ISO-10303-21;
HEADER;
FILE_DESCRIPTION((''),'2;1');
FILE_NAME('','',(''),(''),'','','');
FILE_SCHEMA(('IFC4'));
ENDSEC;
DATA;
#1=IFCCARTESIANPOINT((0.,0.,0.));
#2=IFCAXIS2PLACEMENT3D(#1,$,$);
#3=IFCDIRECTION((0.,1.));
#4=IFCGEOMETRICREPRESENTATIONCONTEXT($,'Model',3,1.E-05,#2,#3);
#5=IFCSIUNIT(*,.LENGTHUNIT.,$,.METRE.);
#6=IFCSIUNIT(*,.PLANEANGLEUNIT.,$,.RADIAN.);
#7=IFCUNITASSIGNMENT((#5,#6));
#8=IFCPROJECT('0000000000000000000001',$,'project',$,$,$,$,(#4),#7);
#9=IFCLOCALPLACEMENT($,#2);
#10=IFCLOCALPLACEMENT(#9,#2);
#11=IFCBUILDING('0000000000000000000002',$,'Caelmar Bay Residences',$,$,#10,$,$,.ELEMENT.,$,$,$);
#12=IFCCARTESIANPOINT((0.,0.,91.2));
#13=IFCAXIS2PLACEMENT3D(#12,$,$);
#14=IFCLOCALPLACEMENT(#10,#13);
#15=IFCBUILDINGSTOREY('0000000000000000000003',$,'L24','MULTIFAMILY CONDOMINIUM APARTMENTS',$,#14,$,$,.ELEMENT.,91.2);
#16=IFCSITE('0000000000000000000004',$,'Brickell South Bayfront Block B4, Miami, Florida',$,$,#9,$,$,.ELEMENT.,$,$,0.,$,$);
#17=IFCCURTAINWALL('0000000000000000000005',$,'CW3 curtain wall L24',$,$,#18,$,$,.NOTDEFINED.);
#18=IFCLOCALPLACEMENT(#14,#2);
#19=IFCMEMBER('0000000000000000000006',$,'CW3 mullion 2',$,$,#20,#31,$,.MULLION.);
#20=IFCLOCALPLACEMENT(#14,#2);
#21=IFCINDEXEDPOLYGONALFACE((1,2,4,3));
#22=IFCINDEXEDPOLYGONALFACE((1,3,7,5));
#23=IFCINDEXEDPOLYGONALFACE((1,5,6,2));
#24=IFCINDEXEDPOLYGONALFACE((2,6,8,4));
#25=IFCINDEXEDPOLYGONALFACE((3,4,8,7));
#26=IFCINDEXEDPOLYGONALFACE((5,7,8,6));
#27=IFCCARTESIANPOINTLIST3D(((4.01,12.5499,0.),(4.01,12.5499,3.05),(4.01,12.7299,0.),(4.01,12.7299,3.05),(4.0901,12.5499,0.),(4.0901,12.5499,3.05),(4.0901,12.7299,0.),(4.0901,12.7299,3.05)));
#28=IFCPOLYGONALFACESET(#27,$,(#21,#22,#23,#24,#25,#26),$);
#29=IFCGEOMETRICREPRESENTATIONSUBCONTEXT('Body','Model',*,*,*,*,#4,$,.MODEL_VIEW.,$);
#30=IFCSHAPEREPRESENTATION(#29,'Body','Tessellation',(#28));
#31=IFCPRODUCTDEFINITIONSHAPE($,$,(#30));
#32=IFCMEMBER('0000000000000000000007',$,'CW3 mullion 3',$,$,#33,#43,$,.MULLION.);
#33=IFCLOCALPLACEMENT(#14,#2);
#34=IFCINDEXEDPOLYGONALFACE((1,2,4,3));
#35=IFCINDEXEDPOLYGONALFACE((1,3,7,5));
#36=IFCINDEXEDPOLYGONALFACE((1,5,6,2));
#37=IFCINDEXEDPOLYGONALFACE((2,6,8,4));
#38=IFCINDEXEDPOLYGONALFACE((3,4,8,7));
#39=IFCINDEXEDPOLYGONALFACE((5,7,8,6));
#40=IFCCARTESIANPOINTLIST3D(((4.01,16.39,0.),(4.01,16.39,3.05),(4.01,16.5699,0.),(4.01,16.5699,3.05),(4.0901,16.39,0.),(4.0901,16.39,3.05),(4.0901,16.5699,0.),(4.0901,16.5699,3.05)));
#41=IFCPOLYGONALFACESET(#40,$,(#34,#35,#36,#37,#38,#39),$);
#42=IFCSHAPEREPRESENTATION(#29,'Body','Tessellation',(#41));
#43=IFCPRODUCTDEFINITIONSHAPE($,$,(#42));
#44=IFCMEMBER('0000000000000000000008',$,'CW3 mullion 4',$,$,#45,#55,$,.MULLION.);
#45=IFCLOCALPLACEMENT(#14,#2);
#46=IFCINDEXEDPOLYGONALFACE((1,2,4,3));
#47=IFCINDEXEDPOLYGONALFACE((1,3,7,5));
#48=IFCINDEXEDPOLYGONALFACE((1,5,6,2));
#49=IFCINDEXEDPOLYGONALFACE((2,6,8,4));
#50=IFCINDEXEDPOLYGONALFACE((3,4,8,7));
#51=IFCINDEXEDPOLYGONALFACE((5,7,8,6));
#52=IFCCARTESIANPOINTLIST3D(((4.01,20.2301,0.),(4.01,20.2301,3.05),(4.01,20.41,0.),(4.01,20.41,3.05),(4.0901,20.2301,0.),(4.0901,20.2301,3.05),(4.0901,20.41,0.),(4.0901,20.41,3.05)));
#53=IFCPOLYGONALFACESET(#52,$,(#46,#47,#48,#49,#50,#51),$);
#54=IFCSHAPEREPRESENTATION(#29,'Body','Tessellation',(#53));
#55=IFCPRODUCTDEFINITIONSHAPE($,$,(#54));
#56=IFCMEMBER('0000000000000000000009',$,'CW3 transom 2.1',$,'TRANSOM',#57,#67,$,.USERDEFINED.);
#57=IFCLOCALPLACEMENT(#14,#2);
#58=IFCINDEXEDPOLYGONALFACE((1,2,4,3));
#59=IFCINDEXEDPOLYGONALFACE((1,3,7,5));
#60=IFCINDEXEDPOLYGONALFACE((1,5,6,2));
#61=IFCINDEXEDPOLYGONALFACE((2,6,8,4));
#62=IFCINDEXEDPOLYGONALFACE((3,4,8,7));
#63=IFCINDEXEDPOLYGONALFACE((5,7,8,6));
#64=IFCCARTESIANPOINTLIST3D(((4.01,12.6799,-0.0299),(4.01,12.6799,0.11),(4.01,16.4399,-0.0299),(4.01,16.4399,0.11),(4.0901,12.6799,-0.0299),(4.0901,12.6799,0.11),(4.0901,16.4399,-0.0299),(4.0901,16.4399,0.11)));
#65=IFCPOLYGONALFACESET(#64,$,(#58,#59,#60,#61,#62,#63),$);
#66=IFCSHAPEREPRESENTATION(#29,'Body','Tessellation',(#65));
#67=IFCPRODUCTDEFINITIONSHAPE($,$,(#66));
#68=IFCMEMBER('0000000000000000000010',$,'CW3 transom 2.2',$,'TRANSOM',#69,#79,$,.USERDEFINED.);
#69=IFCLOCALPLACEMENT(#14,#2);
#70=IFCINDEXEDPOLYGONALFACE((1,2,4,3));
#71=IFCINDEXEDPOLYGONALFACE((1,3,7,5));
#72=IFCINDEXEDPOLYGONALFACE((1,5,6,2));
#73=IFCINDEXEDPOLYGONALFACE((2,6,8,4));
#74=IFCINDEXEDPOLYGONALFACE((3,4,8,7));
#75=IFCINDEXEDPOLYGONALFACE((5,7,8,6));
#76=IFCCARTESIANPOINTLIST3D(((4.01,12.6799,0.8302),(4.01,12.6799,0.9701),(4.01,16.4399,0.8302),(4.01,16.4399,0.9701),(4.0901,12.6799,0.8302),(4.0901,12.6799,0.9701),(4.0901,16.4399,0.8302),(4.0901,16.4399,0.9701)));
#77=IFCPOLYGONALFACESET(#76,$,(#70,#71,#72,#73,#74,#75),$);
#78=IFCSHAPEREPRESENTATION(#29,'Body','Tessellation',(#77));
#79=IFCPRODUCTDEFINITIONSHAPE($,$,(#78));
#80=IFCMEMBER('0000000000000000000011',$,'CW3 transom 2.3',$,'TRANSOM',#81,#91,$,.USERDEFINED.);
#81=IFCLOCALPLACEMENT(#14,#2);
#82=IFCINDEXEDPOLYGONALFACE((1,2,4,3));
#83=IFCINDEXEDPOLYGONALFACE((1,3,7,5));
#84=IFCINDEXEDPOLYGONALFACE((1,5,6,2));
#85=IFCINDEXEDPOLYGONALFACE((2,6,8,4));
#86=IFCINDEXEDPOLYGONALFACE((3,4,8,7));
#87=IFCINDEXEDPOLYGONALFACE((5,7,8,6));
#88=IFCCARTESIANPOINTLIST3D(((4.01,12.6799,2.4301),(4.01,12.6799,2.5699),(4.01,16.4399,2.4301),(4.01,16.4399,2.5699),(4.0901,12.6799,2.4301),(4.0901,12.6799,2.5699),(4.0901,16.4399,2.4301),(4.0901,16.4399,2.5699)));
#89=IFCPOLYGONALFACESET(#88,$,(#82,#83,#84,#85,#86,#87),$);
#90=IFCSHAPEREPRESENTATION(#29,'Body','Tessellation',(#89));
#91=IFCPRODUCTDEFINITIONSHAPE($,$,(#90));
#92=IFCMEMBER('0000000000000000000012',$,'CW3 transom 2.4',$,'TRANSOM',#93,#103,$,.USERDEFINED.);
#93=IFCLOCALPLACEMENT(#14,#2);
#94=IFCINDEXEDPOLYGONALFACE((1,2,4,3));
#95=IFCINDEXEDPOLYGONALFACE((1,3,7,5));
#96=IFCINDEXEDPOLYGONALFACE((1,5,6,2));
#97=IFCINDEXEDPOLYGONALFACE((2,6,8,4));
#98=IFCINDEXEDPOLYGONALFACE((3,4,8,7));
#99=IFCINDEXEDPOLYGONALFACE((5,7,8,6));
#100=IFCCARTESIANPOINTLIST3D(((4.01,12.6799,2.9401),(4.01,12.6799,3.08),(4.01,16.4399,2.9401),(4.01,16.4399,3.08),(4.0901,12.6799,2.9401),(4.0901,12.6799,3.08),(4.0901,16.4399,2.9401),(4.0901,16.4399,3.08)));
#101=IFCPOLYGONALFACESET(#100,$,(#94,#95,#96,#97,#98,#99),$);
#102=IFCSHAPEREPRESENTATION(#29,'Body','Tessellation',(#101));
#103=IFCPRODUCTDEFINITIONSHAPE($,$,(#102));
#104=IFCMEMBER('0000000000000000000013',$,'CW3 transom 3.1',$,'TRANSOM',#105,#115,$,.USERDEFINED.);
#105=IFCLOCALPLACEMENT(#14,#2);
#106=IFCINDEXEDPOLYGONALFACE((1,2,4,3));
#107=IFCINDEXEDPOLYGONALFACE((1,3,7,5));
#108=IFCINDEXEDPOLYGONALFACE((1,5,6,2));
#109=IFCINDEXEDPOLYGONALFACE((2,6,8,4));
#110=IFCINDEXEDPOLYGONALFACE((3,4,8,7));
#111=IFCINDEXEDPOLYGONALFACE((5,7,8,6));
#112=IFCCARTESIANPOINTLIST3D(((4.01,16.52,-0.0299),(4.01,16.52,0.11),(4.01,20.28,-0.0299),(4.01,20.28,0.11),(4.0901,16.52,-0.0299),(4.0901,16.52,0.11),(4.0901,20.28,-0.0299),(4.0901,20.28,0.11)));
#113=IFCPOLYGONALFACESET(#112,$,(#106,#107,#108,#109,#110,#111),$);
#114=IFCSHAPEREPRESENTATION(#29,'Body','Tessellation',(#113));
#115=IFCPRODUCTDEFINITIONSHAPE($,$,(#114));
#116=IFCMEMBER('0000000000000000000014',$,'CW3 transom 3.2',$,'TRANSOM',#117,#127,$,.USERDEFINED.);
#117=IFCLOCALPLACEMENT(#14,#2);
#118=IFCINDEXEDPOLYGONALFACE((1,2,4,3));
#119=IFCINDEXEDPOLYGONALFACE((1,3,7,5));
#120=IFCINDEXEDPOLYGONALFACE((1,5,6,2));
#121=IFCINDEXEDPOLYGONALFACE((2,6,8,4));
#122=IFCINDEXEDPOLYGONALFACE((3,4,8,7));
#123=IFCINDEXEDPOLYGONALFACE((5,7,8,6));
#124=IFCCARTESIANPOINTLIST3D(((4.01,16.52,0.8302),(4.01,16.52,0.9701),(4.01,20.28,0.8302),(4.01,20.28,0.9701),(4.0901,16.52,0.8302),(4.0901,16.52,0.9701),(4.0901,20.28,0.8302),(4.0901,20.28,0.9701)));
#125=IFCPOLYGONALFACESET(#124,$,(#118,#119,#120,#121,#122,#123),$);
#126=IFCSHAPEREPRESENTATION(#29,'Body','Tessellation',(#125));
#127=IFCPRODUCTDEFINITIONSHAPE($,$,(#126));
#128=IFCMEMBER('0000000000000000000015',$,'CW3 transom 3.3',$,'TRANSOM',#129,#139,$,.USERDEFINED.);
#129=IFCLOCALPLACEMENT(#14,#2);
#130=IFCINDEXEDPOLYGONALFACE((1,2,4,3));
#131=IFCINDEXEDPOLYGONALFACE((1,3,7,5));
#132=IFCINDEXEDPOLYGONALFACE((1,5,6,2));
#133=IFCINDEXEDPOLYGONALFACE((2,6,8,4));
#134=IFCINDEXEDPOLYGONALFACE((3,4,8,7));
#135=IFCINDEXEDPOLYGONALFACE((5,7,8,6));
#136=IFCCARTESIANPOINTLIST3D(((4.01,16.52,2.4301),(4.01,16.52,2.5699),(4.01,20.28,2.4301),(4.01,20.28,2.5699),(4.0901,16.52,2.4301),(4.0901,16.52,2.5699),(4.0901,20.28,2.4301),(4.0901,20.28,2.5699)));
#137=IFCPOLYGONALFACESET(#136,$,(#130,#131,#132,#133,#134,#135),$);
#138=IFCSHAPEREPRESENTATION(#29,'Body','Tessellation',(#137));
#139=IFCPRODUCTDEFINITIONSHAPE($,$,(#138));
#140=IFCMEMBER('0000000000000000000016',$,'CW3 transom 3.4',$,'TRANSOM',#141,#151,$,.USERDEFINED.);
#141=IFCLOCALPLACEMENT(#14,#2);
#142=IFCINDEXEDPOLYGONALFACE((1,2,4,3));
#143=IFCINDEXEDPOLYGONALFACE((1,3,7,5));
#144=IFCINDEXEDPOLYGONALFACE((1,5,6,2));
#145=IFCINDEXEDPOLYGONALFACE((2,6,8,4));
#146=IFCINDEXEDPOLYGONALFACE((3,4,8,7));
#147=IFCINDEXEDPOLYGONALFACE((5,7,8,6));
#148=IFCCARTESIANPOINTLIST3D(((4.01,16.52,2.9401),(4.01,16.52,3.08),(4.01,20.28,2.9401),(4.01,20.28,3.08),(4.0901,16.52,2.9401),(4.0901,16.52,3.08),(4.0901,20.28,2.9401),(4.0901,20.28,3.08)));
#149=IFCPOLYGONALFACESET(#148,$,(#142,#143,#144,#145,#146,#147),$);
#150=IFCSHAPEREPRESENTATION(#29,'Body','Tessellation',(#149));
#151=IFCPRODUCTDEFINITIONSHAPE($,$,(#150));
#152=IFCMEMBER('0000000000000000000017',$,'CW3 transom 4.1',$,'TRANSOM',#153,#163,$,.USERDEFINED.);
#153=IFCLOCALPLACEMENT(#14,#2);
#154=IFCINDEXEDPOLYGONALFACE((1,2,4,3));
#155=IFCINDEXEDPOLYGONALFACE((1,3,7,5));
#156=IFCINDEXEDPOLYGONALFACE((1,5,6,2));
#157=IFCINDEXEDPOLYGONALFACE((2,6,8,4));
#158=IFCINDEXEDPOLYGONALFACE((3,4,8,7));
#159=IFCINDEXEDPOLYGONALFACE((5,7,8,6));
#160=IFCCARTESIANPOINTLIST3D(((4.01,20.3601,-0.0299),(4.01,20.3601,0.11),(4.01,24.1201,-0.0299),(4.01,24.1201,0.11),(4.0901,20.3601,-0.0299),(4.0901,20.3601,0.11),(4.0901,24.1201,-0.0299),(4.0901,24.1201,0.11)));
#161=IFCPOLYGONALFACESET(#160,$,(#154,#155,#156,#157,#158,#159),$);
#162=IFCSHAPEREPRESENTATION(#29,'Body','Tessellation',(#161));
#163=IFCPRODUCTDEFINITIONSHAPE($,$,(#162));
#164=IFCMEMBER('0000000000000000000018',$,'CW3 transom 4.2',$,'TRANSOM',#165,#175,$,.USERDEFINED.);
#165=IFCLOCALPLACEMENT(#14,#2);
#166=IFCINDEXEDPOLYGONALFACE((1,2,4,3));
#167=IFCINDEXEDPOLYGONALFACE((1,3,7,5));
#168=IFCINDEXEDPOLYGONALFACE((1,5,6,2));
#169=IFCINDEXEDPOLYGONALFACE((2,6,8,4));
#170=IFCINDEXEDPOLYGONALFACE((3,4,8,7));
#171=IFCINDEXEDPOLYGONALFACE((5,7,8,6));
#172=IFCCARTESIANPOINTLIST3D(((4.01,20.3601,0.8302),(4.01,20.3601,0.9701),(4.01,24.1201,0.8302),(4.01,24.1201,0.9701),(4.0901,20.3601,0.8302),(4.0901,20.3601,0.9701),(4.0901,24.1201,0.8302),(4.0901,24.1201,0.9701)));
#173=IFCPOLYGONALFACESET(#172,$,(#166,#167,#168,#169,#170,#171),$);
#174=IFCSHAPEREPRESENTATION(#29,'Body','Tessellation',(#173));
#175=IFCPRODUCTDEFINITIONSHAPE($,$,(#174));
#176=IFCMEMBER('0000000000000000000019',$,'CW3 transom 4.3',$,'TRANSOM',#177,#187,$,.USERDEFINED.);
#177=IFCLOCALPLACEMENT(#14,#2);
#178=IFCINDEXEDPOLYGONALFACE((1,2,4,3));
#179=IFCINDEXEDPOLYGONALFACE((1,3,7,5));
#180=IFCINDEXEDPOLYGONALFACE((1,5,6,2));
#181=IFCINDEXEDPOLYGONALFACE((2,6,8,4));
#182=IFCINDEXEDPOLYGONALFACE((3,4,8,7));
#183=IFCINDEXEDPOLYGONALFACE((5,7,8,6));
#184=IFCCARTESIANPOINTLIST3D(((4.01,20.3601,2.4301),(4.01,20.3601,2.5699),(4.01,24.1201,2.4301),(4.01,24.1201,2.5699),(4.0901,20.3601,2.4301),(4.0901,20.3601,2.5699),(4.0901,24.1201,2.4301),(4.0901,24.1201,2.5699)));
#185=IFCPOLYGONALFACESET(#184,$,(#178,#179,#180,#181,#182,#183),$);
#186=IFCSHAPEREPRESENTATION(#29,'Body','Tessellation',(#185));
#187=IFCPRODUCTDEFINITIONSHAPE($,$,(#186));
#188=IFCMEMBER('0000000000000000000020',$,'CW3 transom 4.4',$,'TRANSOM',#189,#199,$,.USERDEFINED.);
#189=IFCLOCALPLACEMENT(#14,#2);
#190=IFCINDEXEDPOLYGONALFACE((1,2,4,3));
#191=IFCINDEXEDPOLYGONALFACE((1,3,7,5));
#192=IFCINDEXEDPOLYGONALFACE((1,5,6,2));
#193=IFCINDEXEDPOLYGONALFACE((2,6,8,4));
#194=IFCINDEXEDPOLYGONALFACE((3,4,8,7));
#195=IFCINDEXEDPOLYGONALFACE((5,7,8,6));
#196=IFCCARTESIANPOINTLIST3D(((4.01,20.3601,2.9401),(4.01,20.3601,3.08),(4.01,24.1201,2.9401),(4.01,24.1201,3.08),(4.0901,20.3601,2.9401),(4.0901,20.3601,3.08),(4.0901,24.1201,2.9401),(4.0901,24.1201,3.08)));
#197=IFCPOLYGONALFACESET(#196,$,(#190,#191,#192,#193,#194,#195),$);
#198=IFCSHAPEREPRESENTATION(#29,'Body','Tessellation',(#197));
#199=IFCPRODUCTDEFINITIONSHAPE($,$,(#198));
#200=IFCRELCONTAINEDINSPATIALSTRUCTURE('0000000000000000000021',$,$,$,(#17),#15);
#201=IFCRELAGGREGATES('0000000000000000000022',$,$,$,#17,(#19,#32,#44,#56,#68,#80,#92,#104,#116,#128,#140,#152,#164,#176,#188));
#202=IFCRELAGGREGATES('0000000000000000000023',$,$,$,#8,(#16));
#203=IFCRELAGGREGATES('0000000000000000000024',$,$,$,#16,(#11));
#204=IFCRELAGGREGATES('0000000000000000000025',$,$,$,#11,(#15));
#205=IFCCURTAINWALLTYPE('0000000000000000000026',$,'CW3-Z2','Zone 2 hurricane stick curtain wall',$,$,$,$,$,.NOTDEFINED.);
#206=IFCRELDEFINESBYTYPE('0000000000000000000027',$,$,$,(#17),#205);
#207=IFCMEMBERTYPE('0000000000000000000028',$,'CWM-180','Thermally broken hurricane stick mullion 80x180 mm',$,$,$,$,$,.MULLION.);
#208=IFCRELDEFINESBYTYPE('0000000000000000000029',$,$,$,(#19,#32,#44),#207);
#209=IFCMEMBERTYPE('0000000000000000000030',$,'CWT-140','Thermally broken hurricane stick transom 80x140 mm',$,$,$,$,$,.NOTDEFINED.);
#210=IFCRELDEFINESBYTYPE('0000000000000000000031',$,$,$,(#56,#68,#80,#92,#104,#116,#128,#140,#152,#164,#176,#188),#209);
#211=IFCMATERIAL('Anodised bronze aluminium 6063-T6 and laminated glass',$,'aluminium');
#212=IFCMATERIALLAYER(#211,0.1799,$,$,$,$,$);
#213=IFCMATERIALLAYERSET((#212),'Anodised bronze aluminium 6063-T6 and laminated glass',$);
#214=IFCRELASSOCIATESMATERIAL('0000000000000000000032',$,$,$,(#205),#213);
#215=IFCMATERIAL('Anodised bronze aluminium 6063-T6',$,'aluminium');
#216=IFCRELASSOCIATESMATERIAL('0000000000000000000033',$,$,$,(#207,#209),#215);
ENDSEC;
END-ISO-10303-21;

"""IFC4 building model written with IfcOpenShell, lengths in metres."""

from ifc_helpers import new_model, si_unit, direction, frame, origin, origin_2d, place, context, subcontext, project, spatial, rectangle, extrude, material, layer, layer_set, material_profile, profile_set, type_object, element, aggregate, save


model = new_model("IFC4")

# Units and contexts
model_context = context("Model", 3, precision=1e-05, world=origin(), true_north=direction((0.0, 1.0)))
body_context = subcontext(model_context, "Body", "Model", "MODEL_VIEW")
ifc_project = project(units=[si_unit("LENGTHUNIT", "METRE"), si_unit("PLANEANGLEUNIT", "RADIAN")], contexts=[model_context])

# Site, building, storey
site_placement = place(None, origin())
site = spatial("IfcSite", under=ifc_project, at=site_placement, Name="Brickell South Bayfront Block B4, Miami, Florida", CompositionType="ELEMENT", RefElevation=0.0)
building_placement = place(site_placement, origin())
building = spatial("IfcBuilding", under=site, at=building_placement, Name="Caelmar Bay Residences", CompositionType="ELEMENT")
storey_placement = place(building_placement, frame((0.0, 0.0, 91.2)))
storey = spatial("IfcBuildingStorey", under=building, at=storey_placement, Name="L24", Description="MULTIFAMILY CONDOMINIUM APARTMENTS", CompositionType="ELEMENT", Elevation=91.2)

# Curtain wall, members
ifc_material_1 = material(Name="Anodised bronze aluminium 6063-T6 and laminated glass", Category="aluminium")
ifc_layer_1 = layer(ifc_material_1, 0.1799)
ifc_layer_set_1 = layer_set([ifc_layer_1], Name="Anodised bronze aluminium 6063-T6 and laminated glass")
curtain_wall_type = type_object("IfcCurtainWallType", Name="CW3-Z2", Description="Zone 2 hurricane stick curtain wall", PredefinedType="NOTDEFINED", material=ifc_layer_set_1)
curtain_wall_placement = place(storey_placement, origin())
curtain_wall = element("IfcCurtainWall", 1, at=curtain_wall_placement, inside=storey, type_object=curtain_wall_type, Name="CW3 curtain wall L24", PredefinedType="NOTDEFINED")
ifc_material_2 = material(Name="Anodised bronze aluminium 6063-T6", Category="aluminium")
ifc_material_profile_1 = material_profile(ifc_material_2, rectangle(XDim=0.0801, YDim=0.1799, at=origin_2d()), Name="CWM-80X180")
ifc_profile_set_1 = profile_set([ifc_material_profile_1], Name="Anodised bronze aluminium 6063-T6")
member_type_1 = type_object("IfcMemberType", Name="CWM-180", Description="Thermally broken hurricane stick mullion 80x180 mm", PredefinedType="MULLION", material=ifc_profile_set_1)
member_1_placement = place(storey_placement, frame((4.05, 12.6399, 0.0), z_axis=(0.0, 0.0, 1.0), x_axis=(-1.0, 0.0, 0.0)))
member_1 = element("IfcMember", 2, at=member_1_placement, type_object=member_type_1, Name="CW3 mullion 2", PredefinedType="MULLION", context=body_context, shape_type="SweptSolid", body=[
    extrude(rectangle(XDim=0.0801, YDim=0.1799, at=origin_2d()), origin(), (0.0, 0.0, 1.0), 3.05),
])
member_2_placement = place(storey_placement, frame((4.05, 16.48, 0.0), z_axis=(0.0, 0.0, 1.0), x_axis=(-1.0, 0.0, 0.0)))
member_2 = element("IfcMember", 3, at=member_2_placement, type_object=member_type_1, Name="CW3 mullion 3", PredefinedType="MULLION", context=body_context, shape_type="SweptSolid", body=[
    extrude(rectangle(XDim=0.0801, YDim=0.1799, at=origin_2d()), origin(), (0.0, 0.0, 1.0), 3.05),
])
member_3_placement = place(storey_placement, frame((4.05, 20.3201, 0.0), z_axis=(0.0, 0.0, 1.0), x_axis=(-1.0, 0.0, 0.0)))
member_3 = element("IfcMember", 4, at=member_3_placement, type_object=member_type_1, Name="CW3 mullion 4", PredefinedType="MULLION", context=body_context, shape_type="SweptSolid", body=[
    extrude(rectangle(XDim=0.0801, YDim=0.1799, at=origin_2d()), origin(), (0.0, 0.0, 1.0), 3.05),
])
ifc_material_profile_2 = material_profile(ifc_material_2, rectangle(XDim=0.0801, YDim=0.1399, at=origin_2d()), Name="CWT-80X140")
ifc_profile_set_2 = profile_set([ifc_material_profile_2], Name="Anodised bronze aluminium 6063-T6")
member_type_2 = type_object("IfcMemberType", Name="CWT-140", Description="Thermally broken hurricane stick transom 80x140 mm", PredefinedType="NOTDEFINED", material=ifc_profile_set_2)
member_4_placement = place(storey_placement, frame((4.05, 12.6799, 0.04), z_axis=(0.0, 1.0, 0.0), x_axis=(-1.0, 0.0, 0.0)))
member_4 = element("IfcMember", 5, at=member_4_placement, type_object=member_type_2, Name="CW3 transom 2.1", ObjectType="TRANSOM", PredefinedType="USERDEFINED", context=body_context, shape_type="SweptSolid", body=[
    extrude(rectangle(XDim=0.0801, YDim=0.1399, at=origin_2d()), origin(), (0.0, 0.0, 1.0), 3.76),
])
member_5_placement = place(storey_placement, frame((4.05, 12.6799, 0.9001), z_axis=(0.0, 1.0, 0.0), x_axis=(-1.0, 0.0, 0.0)))
member_5 = element("IfcMember", 6, at=member_5_placement, type_object=member_type_2, Name="CW3 transom 2.2", ObjectType="TRANSOM", PredefinedType="USERDEFINED", context=body_context, shape_type="SweptSolid", body=[
    extrude(rectangle(XDim=0.0801, YDim=0.1399, at=origin_2d()), origin(), (0.0, 0.0, 1.0), 3.76),
])
member_6_placement = place(storey_placement, frame((4.05, 12.6799, 2.5), z_axis=(0.0, 1.0, 0.0), x_axis=(-1.0, 0.0, 0.0)))
member_6 = element("IfcMember", 7, at=member_6_placement, type_object=member_type_2, Name="CW3 transom 2.3", ObjectType="TRANSOM", PredefinedType="USERDEFINED", context=body_context, shape_type="SweptSolid", body=[
    extrude(rectangle(XDim=0.0801, YDim=0.1399, at=origin_2d()), origin(), (0.0, 0.0, 1.0), 3.76),
])
member_7_placement = place(storey_placement, frame((4.05, 12.6799, 3.01), z_axis=(0.0, 1.0, 0.0), x_axis=(-1.0, 0.0, 0.0)))
member_7 = element("IfcMember", 8, at=member_7_placement, type_object=member_type_2, Name="CW3 transom 2.4", ObjectType="TRANSOM", PredefinedType="USERDEFINED", context=body_context, shape_type="SweptSolid", body=[
    extrude(rectangle(XDim=0.0801, YDim=0.1399, at=origin_2d()), origin(), (0.0, 0.0, 1.0), 3.76),
])
member_8_placement = place(storey_placement, frame((4.05, 16.52, 0.04), z_axis=(0.0, 1.0, 0.0), x_axis=(-1.0, 0.0, 0.0)))
member_8 = element("IfcMember", 9, at=member_8_placement, type_object=member_type_2, Name="CW3 transom 3.1", ObjectType="TRANSOM", PredefinedType="USERDEFINED", context=body_context, shape_type="SweptSolid", body=[
    extrude(rectangle(XDim=0.0801, YDim=0.1399, at=origin_2d()), origin(), (0.0, 0.0, 1.0), 3.76),
])
member_9_placement = place(storey_placement, frame((4.05, 16.52, 0.9001), z_axis=(0.0, 1.0, 0.0), x_axis=(-1.0, 0.0, 0.0)))
member_9 = element("IfcMember", 10, at=member_9_placement, type_object=member_type_2, Name="CW3 transom 3.2", ObjectType="TRANSOM", PredefinedType="USERDEFINED", context=body_context, shape_type="SweptSolid", body=[
    extrude(rectangle(XDim=0.0801, YDim=0.1399, at=origin_2d()), origin(), (0.0, 0.0, 1.0), 3.76),
])
member_10_placement = place(storey_placement, frame((4.05, 16.52, 2.5), z_axis=(0.0, 1.0, 0.0), x_axis=(-1.0, 0.0, 0.0)))
member_10 = element("IfcMember", 11, at=member_10_placement, type_object=member_type_2, Name="CW3 transom 3.3", ObjectType="TRANSOM", PredefinedType="USERDEFINED", context=body_context, shape_type="SweptSolid", body=[
    extrude(rectangle(XDim=0.0801, YDim=0.1399, at=origin_2d()), origin(), (0.0, 0.0, 1.0), 3.76),
])
member_11_placement = place(storey_placement, frame((4.05, 16.52, 3.01), z_axis=(0.0, 1.0, 0.0), x_axis=(-1.0, 0.0, 0.0)))
member_11 = element("IfcMember", 12, at=member_11_placement, type_object=member_type_2, Name="CW3 transom 3.4", ObjectType="TRANSOM", PredefinedType="USERDEFINED", context=body_context, shape_type="SweptSolid", body=[
    extrude(rectangle(XDim=0.0801, YDim=0.1399, at=origin_2d()), origin(), (0.0, 0.0, 1.0), 3.76),
])
member_12_placement = place(storey_placement, frame((4.05, 20.3601, 0.04), z_axis=(0.0, 1.0, 0.0), x_axis=(-1.0, 0.0, 0.0)))
member_12 = element("IfcMember", 13, at=member_12_placement, type_object=member_type_2, Name="CW3 transom 4.1", ObjectType="TRANSOM", PredefinedType="USERDEFINED", context=body_context, shape_type="SweptSolid", body=[
    extrude(rectangle(XDim=0.0801, YDim=0.1399, at=origin_2d()), origin(), (0.0, 0.0, 1.0), 3.76),
])
member_13_placement = place(storey_placement, frame((4.05, 20.3601, 0.9001), z_axis=(0.0, 1.0, 0.0), x_axis=(-1.0, 0.0, 0.0)))
member_13 = element("IfcMember", 14, at=member_13_placement, type_object=member_type_2, Name="CW3 transom 4.2", ObjectType="TRANSOM", PredefinedType="USERDEFINED", context=body_context, shape_type="SweptSolid", body=[
    extrude(rectangle(XDim=0.0801, YDim=0.1399, at=origin_2d()), origin(), (0.0, 0.0, 1.0), 3.76),
])
member_14_placement = place(storey_placement, frame((4.05, 20.3601, 2.5), z_axis=(0.0, 1.0, 0.0), x_axis=(-1.0, 0.0, 0.0)))
member_14 = element("IfcMember", 15, at=member_14_placement, type_object=member_type_2, Name="CW3 transom 4.3", ObjectType="TRANSOM", PredefinedType="USERDEFINED", context=body_context, shape_type="SweptSolid", body=[
    extrude(rectangle(XDim=0.0801, YDim=0.1399, at=origin_2d()), origin(), (0.0, 0.0, 1.0), 3.76),
])
member_15_placement = place(storey_placement, frame((4.05, 20.3601, 3.01), z_axis=(0.0, 1.0, 0.0), x_axis=(-1.0, 0.0, 0.0)))
member_15 = element("IfcMember", 16, at=member_15_placement, type_object=member_type_2, Name="CW3 transom 4.4", ObjectType="TRANSOM", PredefinedType="USERDEFINED", context=body_context, shape_type="SweptSolid", body=[
    extrude(rectangle(XDim=0.0801, YDim=0.1399, at=origin_2d()), origin(), (0.0, 0.0, 1.0), 3.76),
])
aggregate(curtain_wall, [member_1, member_2, member_3, member_4, member_5, member_6, member_7, member_8, member_9, member_10, member_11, member_12, member_13, member_14, member_15])

save(model, "model.ifc")
